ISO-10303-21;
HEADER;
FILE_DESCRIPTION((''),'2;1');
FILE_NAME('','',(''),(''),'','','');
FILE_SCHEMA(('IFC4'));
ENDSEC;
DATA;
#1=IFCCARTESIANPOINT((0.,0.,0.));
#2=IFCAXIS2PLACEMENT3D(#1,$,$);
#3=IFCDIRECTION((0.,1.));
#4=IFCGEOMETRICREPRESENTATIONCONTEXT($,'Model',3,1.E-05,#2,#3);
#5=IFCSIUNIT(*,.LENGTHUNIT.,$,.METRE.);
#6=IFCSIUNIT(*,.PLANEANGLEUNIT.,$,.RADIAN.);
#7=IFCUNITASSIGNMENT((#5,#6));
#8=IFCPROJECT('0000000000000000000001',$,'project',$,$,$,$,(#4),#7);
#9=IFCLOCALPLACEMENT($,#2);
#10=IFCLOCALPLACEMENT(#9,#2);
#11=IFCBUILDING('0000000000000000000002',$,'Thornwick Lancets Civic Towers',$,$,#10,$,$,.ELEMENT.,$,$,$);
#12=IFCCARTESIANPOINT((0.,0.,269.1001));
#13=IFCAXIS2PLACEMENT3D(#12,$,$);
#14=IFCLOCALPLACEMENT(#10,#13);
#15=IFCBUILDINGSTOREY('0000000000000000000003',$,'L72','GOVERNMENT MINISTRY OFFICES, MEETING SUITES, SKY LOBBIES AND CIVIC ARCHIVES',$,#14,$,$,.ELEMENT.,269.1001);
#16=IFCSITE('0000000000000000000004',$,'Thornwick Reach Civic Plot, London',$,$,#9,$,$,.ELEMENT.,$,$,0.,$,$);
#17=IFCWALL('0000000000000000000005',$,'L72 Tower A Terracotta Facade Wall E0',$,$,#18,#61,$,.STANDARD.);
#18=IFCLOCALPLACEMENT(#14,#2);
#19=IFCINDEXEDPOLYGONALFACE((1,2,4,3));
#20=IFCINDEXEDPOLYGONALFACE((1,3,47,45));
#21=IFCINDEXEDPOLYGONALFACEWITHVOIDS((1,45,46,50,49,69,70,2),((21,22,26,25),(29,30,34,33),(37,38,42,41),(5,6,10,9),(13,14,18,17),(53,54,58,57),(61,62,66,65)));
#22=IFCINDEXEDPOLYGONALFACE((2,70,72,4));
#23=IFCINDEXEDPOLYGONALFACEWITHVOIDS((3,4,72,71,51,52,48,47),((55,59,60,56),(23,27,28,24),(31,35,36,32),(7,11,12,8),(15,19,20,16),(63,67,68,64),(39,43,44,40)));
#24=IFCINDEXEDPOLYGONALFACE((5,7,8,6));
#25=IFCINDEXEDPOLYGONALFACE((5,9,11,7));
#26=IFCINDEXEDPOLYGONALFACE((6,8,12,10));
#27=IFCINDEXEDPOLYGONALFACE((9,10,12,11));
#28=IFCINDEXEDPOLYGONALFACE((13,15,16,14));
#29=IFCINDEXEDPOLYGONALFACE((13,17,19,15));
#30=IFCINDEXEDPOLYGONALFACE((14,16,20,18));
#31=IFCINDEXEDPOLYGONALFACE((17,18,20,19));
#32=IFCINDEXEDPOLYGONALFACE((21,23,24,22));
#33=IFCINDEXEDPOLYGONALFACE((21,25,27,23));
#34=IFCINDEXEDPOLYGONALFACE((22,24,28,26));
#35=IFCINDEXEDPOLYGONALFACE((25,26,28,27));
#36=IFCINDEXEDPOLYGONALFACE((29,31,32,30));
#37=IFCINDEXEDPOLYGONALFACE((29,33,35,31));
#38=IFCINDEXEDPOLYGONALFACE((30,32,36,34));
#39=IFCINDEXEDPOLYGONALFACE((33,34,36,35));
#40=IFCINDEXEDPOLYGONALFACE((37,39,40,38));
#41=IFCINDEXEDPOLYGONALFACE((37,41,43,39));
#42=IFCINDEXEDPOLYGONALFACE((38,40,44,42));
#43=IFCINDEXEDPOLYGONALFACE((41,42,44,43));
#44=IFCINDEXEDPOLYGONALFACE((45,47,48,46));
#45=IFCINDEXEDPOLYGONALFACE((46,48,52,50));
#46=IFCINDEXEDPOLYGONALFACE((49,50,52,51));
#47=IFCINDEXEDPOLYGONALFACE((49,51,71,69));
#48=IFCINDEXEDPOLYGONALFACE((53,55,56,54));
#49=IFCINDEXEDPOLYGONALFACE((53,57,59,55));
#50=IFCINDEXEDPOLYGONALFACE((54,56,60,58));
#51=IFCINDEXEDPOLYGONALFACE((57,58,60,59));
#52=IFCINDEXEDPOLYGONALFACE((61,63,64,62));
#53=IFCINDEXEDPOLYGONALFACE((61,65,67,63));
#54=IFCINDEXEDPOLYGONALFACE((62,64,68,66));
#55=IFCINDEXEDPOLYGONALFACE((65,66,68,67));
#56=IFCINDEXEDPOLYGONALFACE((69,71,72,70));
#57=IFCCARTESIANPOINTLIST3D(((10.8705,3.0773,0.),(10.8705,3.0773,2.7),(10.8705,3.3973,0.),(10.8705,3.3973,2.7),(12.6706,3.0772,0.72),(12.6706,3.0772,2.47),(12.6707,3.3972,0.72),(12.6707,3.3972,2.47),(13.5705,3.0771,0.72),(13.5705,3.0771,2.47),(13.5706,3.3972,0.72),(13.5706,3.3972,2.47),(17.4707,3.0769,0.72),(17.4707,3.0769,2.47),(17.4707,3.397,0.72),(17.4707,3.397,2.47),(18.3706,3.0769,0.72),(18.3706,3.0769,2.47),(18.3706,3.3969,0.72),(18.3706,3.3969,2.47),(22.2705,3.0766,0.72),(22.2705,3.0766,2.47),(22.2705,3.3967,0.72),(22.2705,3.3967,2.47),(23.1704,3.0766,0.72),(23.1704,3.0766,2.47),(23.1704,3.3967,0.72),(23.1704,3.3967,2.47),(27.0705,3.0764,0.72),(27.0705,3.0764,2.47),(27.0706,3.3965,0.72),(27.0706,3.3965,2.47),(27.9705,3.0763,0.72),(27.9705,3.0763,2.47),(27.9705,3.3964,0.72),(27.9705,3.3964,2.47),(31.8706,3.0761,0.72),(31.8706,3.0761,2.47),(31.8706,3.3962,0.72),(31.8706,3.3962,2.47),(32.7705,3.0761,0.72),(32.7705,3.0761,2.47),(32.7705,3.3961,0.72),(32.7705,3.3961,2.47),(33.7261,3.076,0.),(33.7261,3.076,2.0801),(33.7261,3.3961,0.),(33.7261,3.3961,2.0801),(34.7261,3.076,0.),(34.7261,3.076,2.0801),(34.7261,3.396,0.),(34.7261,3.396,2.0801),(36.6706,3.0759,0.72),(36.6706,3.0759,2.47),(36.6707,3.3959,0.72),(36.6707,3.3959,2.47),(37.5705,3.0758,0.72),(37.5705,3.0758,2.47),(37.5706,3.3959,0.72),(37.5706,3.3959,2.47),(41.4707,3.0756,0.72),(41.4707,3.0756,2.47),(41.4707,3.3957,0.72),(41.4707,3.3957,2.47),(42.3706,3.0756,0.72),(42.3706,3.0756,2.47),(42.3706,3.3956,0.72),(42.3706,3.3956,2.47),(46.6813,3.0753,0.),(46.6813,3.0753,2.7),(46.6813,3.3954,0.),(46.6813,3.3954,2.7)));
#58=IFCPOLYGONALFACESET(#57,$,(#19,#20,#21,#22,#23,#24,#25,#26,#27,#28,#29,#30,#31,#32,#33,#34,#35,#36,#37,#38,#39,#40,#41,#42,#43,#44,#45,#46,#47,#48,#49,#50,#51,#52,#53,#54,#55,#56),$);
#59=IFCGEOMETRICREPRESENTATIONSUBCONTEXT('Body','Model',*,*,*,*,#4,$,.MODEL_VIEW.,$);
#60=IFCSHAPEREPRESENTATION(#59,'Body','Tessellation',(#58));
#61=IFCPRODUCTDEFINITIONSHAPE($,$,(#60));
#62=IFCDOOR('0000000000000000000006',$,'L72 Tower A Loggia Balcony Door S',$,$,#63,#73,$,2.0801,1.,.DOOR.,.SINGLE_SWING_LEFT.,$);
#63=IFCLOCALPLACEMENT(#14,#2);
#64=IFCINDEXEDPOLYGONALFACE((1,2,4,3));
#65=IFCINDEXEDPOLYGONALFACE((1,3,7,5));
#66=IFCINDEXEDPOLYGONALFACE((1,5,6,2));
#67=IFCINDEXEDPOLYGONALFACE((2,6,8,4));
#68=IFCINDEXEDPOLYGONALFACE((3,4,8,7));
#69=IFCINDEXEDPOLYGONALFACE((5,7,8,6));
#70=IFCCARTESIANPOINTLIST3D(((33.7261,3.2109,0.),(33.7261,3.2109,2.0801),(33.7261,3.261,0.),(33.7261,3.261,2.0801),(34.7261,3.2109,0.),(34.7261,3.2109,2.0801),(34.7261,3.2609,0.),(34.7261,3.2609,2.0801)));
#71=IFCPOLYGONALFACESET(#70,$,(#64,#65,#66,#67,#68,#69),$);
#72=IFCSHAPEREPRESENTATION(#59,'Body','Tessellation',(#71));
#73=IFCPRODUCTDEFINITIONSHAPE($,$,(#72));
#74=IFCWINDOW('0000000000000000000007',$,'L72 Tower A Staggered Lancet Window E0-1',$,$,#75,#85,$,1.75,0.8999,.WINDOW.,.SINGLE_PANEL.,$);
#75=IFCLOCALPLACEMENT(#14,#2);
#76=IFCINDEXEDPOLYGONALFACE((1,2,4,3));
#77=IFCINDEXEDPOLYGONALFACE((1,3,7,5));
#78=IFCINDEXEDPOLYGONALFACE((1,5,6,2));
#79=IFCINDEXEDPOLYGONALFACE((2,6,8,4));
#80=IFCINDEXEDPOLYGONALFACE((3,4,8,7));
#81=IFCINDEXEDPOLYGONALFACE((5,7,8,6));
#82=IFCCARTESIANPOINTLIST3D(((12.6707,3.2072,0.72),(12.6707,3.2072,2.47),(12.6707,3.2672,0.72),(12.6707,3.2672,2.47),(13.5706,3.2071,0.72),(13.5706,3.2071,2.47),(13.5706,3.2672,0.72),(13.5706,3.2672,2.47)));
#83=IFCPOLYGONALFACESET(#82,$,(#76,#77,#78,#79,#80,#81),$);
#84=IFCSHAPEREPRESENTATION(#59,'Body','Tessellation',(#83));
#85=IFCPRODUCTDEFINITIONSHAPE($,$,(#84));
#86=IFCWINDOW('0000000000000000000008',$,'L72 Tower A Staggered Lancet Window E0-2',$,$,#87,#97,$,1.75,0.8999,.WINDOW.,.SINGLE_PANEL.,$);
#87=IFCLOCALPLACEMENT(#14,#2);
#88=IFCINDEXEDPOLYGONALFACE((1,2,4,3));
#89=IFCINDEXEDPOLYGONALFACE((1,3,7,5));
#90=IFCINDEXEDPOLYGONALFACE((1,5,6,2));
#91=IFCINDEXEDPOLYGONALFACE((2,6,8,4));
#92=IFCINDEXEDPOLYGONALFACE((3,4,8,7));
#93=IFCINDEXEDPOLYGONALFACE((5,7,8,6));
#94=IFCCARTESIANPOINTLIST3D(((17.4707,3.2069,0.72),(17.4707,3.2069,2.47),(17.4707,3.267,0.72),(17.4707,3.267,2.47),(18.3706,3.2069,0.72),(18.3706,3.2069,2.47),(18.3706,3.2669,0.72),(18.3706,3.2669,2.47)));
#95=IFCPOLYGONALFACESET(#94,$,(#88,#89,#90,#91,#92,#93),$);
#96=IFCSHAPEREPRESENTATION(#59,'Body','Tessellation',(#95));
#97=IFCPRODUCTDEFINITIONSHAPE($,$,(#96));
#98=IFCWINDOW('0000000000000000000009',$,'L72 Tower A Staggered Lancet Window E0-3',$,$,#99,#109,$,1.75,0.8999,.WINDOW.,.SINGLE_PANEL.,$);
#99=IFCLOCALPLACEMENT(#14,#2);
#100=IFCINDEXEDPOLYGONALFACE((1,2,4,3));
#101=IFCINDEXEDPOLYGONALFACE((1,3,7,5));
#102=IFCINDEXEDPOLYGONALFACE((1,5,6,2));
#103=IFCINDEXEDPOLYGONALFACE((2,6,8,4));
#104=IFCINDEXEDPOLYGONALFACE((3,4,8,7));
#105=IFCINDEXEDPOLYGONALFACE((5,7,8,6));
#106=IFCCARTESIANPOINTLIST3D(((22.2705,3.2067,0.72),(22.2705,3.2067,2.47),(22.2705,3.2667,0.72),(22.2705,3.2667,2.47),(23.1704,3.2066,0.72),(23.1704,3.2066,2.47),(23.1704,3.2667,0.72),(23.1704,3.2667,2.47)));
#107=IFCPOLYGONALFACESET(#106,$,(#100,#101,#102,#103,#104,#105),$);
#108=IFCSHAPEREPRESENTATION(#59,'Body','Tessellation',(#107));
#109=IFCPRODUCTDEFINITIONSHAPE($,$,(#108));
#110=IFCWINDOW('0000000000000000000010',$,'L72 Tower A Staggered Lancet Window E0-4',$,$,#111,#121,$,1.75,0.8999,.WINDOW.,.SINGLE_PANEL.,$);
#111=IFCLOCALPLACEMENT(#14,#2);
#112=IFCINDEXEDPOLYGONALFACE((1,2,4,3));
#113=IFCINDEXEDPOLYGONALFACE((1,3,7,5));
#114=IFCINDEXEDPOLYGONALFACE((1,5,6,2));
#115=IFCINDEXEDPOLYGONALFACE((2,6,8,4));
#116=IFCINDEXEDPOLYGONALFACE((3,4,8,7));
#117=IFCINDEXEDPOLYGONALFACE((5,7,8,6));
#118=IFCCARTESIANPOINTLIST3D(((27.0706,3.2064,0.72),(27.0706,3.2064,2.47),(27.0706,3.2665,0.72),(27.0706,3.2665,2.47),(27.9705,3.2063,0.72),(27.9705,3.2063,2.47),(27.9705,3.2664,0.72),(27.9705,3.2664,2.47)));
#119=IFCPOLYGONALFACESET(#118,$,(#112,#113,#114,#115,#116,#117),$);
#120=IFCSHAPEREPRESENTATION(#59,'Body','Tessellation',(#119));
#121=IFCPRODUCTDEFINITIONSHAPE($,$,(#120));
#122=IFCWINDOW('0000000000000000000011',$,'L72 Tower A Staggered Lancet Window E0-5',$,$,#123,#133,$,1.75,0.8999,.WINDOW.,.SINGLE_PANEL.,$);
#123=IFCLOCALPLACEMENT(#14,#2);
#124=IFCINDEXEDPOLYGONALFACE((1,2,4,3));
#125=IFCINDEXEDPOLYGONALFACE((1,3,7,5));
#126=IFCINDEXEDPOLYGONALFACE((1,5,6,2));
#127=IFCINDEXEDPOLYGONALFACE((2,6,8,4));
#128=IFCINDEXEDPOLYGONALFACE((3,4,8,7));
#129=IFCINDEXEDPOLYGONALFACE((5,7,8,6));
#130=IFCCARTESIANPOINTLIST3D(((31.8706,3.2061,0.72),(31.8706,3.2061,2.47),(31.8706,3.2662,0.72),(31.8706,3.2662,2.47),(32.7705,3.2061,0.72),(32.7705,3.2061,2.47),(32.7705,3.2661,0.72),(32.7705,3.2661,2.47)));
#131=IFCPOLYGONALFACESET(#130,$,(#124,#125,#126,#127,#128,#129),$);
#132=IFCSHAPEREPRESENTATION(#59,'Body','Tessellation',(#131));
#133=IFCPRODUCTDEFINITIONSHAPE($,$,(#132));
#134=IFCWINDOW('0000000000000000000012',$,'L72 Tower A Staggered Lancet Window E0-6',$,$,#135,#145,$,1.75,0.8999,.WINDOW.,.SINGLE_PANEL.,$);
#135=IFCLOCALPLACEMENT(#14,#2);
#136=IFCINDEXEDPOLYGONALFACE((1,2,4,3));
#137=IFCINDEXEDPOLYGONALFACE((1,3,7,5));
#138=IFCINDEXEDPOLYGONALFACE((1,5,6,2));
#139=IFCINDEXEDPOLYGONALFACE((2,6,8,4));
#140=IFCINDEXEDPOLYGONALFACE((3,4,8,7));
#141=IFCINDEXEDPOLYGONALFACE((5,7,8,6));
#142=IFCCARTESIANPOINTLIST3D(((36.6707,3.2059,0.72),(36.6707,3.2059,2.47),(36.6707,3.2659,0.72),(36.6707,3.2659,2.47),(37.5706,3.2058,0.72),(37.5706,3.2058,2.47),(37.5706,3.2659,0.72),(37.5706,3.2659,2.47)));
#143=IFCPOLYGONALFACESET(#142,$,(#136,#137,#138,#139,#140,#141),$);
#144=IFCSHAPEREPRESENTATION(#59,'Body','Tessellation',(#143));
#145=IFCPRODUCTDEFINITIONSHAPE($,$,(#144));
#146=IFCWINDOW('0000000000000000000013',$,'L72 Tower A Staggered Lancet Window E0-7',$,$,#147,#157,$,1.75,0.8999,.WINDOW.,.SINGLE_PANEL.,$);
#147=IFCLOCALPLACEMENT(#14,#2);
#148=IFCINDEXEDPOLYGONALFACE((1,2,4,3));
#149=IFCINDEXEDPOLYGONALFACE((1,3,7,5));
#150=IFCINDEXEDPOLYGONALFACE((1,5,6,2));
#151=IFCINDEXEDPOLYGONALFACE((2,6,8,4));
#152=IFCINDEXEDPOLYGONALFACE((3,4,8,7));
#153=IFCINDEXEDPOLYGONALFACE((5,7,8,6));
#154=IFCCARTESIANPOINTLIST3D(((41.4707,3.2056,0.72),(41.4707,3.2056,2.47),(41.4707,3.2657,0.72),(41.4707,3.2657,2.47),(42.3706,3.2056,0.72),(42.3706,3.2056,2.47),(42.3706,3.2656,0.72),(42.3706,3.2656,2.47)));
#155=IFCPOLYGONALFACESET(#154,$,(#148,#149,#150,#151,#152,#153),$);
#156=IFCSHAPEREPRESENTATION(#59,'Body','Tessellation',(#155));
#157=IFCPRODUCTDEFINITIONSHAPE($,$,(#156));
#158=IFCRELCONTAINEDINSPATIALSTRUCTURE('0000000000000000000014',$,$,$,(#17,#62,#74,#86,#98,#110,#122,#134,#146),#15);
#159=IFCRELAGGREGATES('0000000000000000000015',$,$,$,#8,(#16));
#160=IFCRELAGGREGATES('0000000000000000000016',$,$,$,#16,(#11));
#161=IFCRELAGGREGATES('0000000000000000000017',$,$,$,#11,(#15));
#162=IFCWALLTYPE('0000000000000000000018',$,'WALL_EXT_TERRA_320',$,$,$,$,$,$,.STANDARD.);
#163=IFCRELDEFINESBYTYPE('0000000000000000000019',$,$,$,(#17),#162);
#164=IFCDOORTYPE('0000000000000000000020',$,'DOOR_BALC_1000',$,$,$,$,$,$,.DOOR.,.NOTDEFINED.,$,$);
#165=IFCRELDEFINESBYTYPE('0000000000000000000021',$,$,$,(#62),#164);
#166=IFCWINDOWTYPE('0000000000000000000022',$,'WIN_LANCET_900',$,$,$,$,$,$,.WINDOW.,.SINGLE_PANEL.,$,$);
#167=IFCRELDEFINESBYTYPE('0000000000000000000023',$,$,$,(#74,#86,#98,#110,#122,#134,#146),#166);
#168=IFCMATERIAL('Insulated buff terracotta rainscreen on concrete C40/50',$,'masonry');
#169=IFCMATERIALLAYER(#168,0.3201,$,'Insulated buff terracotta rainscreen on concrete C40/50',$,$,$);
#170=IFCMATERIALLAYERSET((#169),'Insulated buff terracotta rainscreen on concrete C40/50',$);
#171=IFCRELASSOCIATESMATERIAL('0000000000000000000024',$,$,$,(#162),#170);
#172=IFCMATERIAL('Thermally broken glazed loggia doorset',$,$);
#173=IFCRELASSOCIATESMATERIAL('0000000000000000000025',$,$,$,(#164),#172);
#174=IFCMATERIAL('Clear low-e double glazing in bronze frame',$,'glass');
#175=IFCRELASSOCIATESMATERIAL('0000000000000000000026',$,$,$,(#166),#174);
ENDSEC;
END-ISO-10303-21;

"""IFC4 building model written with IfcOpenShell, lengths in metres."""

from ifc_helpers import new_model, si_unit, direction, frame, frame_2d, origin, place, context, subcontext, project, spatial, rectangle, extrude, material, layer, layer_set, type_object, element, fill, save


model = new_model("IFC4")

# Units and contexts
model_context = context("Model", 3, precision=1e-05, world=origin(), true_north=direction((0.0, 1.0)))
body_context = subcontext(model_context, "Body", "Model", "MODEL_VIEW")
ifc_project = project(units=[si_unit("LENGTHUNIT", "METRE"), si_unit("PLANEANGLEUNIT", "RADIAN")], contexts=[model_context])

# Site, building, storey
site_placement = place(None, origin())
site = spatial("IfcSite", under=ifc_project, at=site_placement, Name="Thornwick Reach Civic Plot, London", CompositionType="ELEMENT", RefElevation=0.0)
building_placement = place(site_placement, origin())
building = spatial("IfcBuilding", under=site, at=building_placement, Name="Thornwick Lancets Civic Towers", CompositionType="ELEMENT")
storey_placement = place(building_placement, frame((0.0, 0.0, 269.1001)))
storey = spatial("IfcBuildingStorey", under=building, at=storey_placement, Name="L72", Description="GOVERNMENT MINISTRY OFFICES, MEETING SUITES, SKY LOBBIES AND CIVIC ARCHIVES", CompositionType="ELEMENT", Elevation=269.1001)

# Wall, openings, door, windows
ifc_material_1 = material(Name="Insulated buff terracotta rainscreen on concrete C40/50", Category="masonry")
ifc_layer_1 = layer(ifc_material_1, 0.3201, Name="Insulated buff terracotta rainscreen on concrete C40/50")
ifc_layer_set_1 = layer_set([ifc_layer_1], Name="Insulated buff terracotta rainscreen on concrete C40/50")
wall_type_1 = type_object("IfcWallType", Name="WALL_EXT_TERRA_320", PredefinedType="STANDARD", material=ifc_layer_set_1)
wall_1_placement = place(storey_placement, frame((10.8706, 3.2373, 0.0), z_axis=(0.0, 0.0, 1.0), x_axis=(1.0, -0.000055, 0.0)))
wall_1 = element("IfcWall", 1, at=wall_1_placement, inside=storey, type_object=wall_type_1, Name="L72 Tower A Terracotta Facade Wall E0", PredefinedType="STANDARD", context=body_context, shape_type="SweptSolid", body=[
    extrude(rectangle(XDim=35.8108, YDim=0.3201, at=frame_2d((17.9053, 0.0))), origin(), (0.0, 0.0, 1.0), 2.7),
])
opening_1_placement = place(wall_1_placement, frame((22.8555, 0.0, 0.0)))
opening_1 = element("IfcOpeningElement", 2, at=opening_1_placement, cuts=wall_1, PredefinedType="OPENING", context=body_context, shape_type="SweptSolid", body=[
    extrude(rectangle(XDim=1.0, YDim=2.0801, at=frame_2d((0.5, 1.04))), frame((0.0, 0.1699, 0.0), z_axis=(0.0, -1.0, 0.0), x_axis=(1.0, 0.0, 0.0)), (0.0, 0.0, 1.0), 0.3401),
])
opening_2_placement = place(wall_1_placement, frame((1.8, 0.0, 0.72)))
opening_2 = element("IfcOpeningElement", 3, at=opening_2_placement, cuts=wall_1, PredefinedType="OPENING", context=body_context, shape_type="SweptSolid", body=[
    extrude(rectangle(XDim=0.8999, YDim=1.75, at=frame_2d((0.45, 0.875))), frame((0.0, 0.1699, 0.0), z_axis=(0.0, -1.0, 0.0), x_axis=(1.0, 0.0, 0.0)), (0.0, 0.0, 1.0), 0.3401),
])
opening_3_placement = place(wall_1_placement, frame((6.6001, 0.0, 0.72)))
opening_3 = element("IfcOpeningElement", 4, at=opening_3_placement, cuts=wall_1, PredefinedType="OPENING", context=body_context, shape_type="SweptSolid", body=[
    extrude(rectangle(XDim=0.8999, YDim=1.75, at=frame_2d((0.45, 0.875))), frame((0.0, 0.1699, 0.0), z_axis=(0.0, -1.0, 0.0), x_axis=(1.0, 0.0, 0.0)), (0.0, 0.0, 1.0), 0.3401),
])
opening_4_placement = place(wall_1_placement, frame((11.3999, 0.0, 0.72)))
opening_4 = element("IfcOpeningElement", 5, at=opening_4_placement, cuts=wall_1, PredefinedType="OPENING", context=body_context, shape_type="SweptSolid", body=[
    extrude(rectangle(XDim=0.8999, YDim=1.75, at=frame_2d((0.45, 0.875))), frame((0.0, 0.1699, 0.0), z_axis=(0.0, -1.0, 0.0), x_axis=(1.0, 0.0, 0.0)), (0.0, 0.0, 1.0), 0.3401),
])
opening_5_placement = place(wall_1_placement, frame((16.2, 0.0, 0.72)))
opening_5 = element("IfcOpeningElement", 6, at=opening_5_placement, cuts=wall_1, PredefinedType="OPENING", context=body_context, shape_type="SweptSolid", body=[
    extrude(rectangle(XDim=0.8999, YDim=1.75, at=frame_2d((0.45, 0.875))), frame((0.0, 0.1699, 0.0), z_axis=(0.0, -1.0, 0.0), x_axis=(1.0, 0.0, 0.0)), (0.0, 0.0, 1.0), 0.3401),
])
opening_6_placement = place(wall_1_placement, frame((21.0, 0.0, 0.72)))
opening_6 = element("IfcOpeningElement", 7, at=opening_6_placement, cuts=wall_1, PredefinedType="OPENING", context=body_context, shape_type="SweptSolid", body=[
    extrude(rectangle(XDim=0.8999, YDim=1.75, at=frame_2d((0.45, 0.875))), frame((0.0, 0.1699, 0.0), z_axis=(0.0, -1.0, 0.0), x_axis=(1.0, 0.0, 0.0)), (0.0, 0.0, 1.0), 0.3401),
])
opening_7_placement = place(wall_1_placement, frame((25.8, 0.0, 0.72)))
opening_7 = element("IfcOpeningElement", 8, at=opening_7_placement, cuts=wall_1, PredefinedType="OPENING", context=body_context, shape_type="SweptSolid", body=[
    extrude(rectangle(XDim=0.8999, YDim=1.75, at=frame_2d((0.45, 0.875))), frame((0.0, 0.1699, 0.0), z_axis=(0.0, -1.0, 0.0), x_axis=(1.0, 0.0, 0.0)), (0.0, 0.0, 1.0), 0.3401),
])
opening_8_placement = place(wall_1_placement, frame((30.6001, 0.0, 0.72)))
opening_8 = element("IfcOpeningElement", 9, at=opening_8_placement, cuts=wall_1, PredefinedType="OPENING", context=body_context, shape_type="SweptSolid", body=[
    extrude(rectangle(XDim=0.8999, YDim=1.75, at=frame_2d((0.45, 0.875))), frame((0.0, 0.1699, 0.0), z_axis=(0.0, -1.0, 0.0), x_axis=(1.0, 0.0, 0.0)), (0.0, 0.0, 1.0), 0.3401),
])
ifc_material_2 = material(Name="Thermally broken glazed loggia doorset")
door_type = type_object("IfcDoorType", Name="DOOR_BALC_1000", OperationType="NOTDEFINED", PredefinedType="DOOR", material=ifc_material_2)
door_placement = place(opening_1_placement, origin())
door = element("IfcDoor", 10, at=door_placement, inside=storey, type_object=door_type, Name="L72 Tower A Loggia Balcony Door S", OperationType="SINGLE_SWING_LEFT", OverallHeight=2.0801, OverallWidth=1.0, PredefinedType="DOOR", context=body_context, shape_type="SweptSolid", body=[
    extrude(rectangle(XDim=1.0, YDim=2.0801, at=frame_2d((0.5, 1.04))), frame((0.0, 0.0249, 0.0), z_axis=(0.0, -1.0, 0.0), x_axis=(1.0, 0.0, 0.0)), (0.0, 0.0, 1.0), 0.05),
])
fill(opening_1, door)
ifc_material_3 = material(Name="Clear low-e double glazing in bronze frame", Category="glass")
window_type = type_object("IfcWindowType", Name="WIN_LANCET_900", PartitioningType="SINGLE_PANEL", PredefinedType="WINDOW", material=ifc_material_3)
window_1_placement = place(opening_2_placement, origin())
window_1 = element("IfcWindow", 11, at=window_1_placement, inside=storey, type_object=window_type, Name="L72 Tower A Staggered Lancet Window E0-1", OverallHeight=1.75, OverallWidth=0.8999, PartitioningType="SINGLE_PANEL", PredefinedType="WINDOW", context=body_context, shape_type="SweptSolid", body=[
    extrude(rectangle(XDim=0.8999, YDim=1.75, at=frame_2d((0.45, 0.875))), frame((0.0, 0.03, 0.0), z_axis=(0.0, -1.0, 0.0), x_axis=(1.0, 0.0, 0.0)), (0.0, 0.0, 1.0), 0.0601),
])
fill(opening_2, window_1)
window_2_placement = place(opening_3_placement, origin())
window_2 = element("IfcWindow", 12, at=window_2_placement, inside=storey, type_object=window_type, Name="L72 Tower A Staggered Lancet Window E0-2", OverallHeight=1.75, OverallWidth=0.8999, PartitioningType="SINGLE_PANEL", PredefinedType="WINDOW", context=body_context, shape_type="SweptSolid", body=[
    extrude(rectangle(XDim=0.8999, YDim=1.75, at=frame_2d((0.45, 0.875))), frame((0.0, 0.03, 0.0), z_axis=(0.0, -1.0, 0.0), x_axis=(1.0, 0.0, 0.0)), (0.0, 0.0, 1.0), 0.0601),
])
fill(opening_3, window_2)
window_3_placement = place(opening_4_placement, origin())
window_3 = element("IfcWindow", 13, at=window_3_placement, inside=storey, type_object=window_type, Name="L72 Tower A Staggered Lancet Window E0-3", OverallHeight=1.75, OverallWidth=0.8999, PartitioningType="SINGLE_PANEL", PredefinedType="WINDOW", context=body_context, shape_type="SweptSolid", body=[
    extrude(rectangle(XDim=0.8999, YDim=1.75, at=frame_2d((0.45, 0.875))), frame((0.0, 0.03, 0.0), z_axis=(0.0, -1.0, 0.0), x_axis=(1.0, 0.0, 0.0)), (0.0, 0.0, 1.0), 0.0601),
])
fill(opening_4, window_3)
window_4_placement = place(opening_5_placement, origin())
window_4 = element("IfcWindow", 14, at=window_4_placement, inside=storey, type_object=window_type, Name="L72 Tower A Staggered Lancet Window E0-4", OverallHeight=1.75, OverallWidth=0.8999, PartitioningType="SINGLE_PANEL", PredefinedType="WINDOW", context=body_context, shape_type="SweptSolid", body=[
    extrude(rectangle(XDim=0.8999, YDim=1.75, at=frame_2d((0.45, 0.875))), frame((0.0, 0.03, 0.0), z_axis=(0.0, -1.0, 0.0), x_axis=(1.0, 0.0, 0.0)), (0.0, 0.0, 1.0), 0.0601),
])
fill(opening_5, window_4)
window_5_placement = place(opening_6_placement, origin())
window_5 = element("IfcWindow", 15, at=window_5_placement, inside=storey, type_object=window_type, Name="L72 Tower A Staggered Lancet Window E0-5", OverallHeight=1.75, OverallWidth=0.8999, PartitioningType="SINGLE_PANEL", PredefinedType="WINDOW", context=body_context, shape_type="SweptSolid", body=[
    extrude(rectangle(XDim=0.8999, YDim=1.75, at=frame_2d((0.45, 0.875))), frame((0.0, 0.03, 0.0), z_axis=(0.0, -1.0, 0.0), x_axis=(1.0, 0.0, 0.0)), (0.0, 0.0, 1.0), 0.0601),
])
fill(opening_6, window_5)
window_6_placement = place(opening_7_placement, origin())
window_6 = element("IfcWindow", 16, at=window_6_placement, inside=storey, type_object=window_type, Name="L72 Tower A Staggered Lancet Window E0-6", OverallHeight=1.75, OverallWidth=0.8999, PartitioningType="SINGLE_PANEL", PredefinedType="WINDOW", context=body_context, shape_type="SweptSolid", body=[
    extrude(rectangle(XDim=0.8999, YDim=1.75, at=frame_2d((0.45, 0.875))), frame((0.0, 0.03, 0.0), z_axis=(0.0, -1.0, 0.0), x_axis=(1.0, 0.0, 0.0)), (0.0, 0.0, 1.0), 0.0601),
])
fill(opening_7, window_6)
window_7_placement = place(opening_8_placement, origin())
window_7 = element("IfcWindow", 17, at=window_7_placement, inside=storey, type_object=window_type, Name="L72 Tower A Staggered Lancet Window E0-7", OverallHeight=1.75, OverallWidth=0.8999, PartitioningType="SINGLE_PANEL", PredefinedType="WINDOW", context=body_context, shape_type="SweptSolid", body=[
    extrude(rectangle(XDim=0.8999, YDim=1.75, at=frame_2d((0.45, 0.875))), frame((0.0, 0.03, 0.0), z_axis=(0.0, -1.0, 0.0), x_axis=(1.0, 0.0, 0.0)), (0.0, 0.0, 1.0), 0.0601),
])
fill(opening_8, window_7)

save(model, "model.ifc")
